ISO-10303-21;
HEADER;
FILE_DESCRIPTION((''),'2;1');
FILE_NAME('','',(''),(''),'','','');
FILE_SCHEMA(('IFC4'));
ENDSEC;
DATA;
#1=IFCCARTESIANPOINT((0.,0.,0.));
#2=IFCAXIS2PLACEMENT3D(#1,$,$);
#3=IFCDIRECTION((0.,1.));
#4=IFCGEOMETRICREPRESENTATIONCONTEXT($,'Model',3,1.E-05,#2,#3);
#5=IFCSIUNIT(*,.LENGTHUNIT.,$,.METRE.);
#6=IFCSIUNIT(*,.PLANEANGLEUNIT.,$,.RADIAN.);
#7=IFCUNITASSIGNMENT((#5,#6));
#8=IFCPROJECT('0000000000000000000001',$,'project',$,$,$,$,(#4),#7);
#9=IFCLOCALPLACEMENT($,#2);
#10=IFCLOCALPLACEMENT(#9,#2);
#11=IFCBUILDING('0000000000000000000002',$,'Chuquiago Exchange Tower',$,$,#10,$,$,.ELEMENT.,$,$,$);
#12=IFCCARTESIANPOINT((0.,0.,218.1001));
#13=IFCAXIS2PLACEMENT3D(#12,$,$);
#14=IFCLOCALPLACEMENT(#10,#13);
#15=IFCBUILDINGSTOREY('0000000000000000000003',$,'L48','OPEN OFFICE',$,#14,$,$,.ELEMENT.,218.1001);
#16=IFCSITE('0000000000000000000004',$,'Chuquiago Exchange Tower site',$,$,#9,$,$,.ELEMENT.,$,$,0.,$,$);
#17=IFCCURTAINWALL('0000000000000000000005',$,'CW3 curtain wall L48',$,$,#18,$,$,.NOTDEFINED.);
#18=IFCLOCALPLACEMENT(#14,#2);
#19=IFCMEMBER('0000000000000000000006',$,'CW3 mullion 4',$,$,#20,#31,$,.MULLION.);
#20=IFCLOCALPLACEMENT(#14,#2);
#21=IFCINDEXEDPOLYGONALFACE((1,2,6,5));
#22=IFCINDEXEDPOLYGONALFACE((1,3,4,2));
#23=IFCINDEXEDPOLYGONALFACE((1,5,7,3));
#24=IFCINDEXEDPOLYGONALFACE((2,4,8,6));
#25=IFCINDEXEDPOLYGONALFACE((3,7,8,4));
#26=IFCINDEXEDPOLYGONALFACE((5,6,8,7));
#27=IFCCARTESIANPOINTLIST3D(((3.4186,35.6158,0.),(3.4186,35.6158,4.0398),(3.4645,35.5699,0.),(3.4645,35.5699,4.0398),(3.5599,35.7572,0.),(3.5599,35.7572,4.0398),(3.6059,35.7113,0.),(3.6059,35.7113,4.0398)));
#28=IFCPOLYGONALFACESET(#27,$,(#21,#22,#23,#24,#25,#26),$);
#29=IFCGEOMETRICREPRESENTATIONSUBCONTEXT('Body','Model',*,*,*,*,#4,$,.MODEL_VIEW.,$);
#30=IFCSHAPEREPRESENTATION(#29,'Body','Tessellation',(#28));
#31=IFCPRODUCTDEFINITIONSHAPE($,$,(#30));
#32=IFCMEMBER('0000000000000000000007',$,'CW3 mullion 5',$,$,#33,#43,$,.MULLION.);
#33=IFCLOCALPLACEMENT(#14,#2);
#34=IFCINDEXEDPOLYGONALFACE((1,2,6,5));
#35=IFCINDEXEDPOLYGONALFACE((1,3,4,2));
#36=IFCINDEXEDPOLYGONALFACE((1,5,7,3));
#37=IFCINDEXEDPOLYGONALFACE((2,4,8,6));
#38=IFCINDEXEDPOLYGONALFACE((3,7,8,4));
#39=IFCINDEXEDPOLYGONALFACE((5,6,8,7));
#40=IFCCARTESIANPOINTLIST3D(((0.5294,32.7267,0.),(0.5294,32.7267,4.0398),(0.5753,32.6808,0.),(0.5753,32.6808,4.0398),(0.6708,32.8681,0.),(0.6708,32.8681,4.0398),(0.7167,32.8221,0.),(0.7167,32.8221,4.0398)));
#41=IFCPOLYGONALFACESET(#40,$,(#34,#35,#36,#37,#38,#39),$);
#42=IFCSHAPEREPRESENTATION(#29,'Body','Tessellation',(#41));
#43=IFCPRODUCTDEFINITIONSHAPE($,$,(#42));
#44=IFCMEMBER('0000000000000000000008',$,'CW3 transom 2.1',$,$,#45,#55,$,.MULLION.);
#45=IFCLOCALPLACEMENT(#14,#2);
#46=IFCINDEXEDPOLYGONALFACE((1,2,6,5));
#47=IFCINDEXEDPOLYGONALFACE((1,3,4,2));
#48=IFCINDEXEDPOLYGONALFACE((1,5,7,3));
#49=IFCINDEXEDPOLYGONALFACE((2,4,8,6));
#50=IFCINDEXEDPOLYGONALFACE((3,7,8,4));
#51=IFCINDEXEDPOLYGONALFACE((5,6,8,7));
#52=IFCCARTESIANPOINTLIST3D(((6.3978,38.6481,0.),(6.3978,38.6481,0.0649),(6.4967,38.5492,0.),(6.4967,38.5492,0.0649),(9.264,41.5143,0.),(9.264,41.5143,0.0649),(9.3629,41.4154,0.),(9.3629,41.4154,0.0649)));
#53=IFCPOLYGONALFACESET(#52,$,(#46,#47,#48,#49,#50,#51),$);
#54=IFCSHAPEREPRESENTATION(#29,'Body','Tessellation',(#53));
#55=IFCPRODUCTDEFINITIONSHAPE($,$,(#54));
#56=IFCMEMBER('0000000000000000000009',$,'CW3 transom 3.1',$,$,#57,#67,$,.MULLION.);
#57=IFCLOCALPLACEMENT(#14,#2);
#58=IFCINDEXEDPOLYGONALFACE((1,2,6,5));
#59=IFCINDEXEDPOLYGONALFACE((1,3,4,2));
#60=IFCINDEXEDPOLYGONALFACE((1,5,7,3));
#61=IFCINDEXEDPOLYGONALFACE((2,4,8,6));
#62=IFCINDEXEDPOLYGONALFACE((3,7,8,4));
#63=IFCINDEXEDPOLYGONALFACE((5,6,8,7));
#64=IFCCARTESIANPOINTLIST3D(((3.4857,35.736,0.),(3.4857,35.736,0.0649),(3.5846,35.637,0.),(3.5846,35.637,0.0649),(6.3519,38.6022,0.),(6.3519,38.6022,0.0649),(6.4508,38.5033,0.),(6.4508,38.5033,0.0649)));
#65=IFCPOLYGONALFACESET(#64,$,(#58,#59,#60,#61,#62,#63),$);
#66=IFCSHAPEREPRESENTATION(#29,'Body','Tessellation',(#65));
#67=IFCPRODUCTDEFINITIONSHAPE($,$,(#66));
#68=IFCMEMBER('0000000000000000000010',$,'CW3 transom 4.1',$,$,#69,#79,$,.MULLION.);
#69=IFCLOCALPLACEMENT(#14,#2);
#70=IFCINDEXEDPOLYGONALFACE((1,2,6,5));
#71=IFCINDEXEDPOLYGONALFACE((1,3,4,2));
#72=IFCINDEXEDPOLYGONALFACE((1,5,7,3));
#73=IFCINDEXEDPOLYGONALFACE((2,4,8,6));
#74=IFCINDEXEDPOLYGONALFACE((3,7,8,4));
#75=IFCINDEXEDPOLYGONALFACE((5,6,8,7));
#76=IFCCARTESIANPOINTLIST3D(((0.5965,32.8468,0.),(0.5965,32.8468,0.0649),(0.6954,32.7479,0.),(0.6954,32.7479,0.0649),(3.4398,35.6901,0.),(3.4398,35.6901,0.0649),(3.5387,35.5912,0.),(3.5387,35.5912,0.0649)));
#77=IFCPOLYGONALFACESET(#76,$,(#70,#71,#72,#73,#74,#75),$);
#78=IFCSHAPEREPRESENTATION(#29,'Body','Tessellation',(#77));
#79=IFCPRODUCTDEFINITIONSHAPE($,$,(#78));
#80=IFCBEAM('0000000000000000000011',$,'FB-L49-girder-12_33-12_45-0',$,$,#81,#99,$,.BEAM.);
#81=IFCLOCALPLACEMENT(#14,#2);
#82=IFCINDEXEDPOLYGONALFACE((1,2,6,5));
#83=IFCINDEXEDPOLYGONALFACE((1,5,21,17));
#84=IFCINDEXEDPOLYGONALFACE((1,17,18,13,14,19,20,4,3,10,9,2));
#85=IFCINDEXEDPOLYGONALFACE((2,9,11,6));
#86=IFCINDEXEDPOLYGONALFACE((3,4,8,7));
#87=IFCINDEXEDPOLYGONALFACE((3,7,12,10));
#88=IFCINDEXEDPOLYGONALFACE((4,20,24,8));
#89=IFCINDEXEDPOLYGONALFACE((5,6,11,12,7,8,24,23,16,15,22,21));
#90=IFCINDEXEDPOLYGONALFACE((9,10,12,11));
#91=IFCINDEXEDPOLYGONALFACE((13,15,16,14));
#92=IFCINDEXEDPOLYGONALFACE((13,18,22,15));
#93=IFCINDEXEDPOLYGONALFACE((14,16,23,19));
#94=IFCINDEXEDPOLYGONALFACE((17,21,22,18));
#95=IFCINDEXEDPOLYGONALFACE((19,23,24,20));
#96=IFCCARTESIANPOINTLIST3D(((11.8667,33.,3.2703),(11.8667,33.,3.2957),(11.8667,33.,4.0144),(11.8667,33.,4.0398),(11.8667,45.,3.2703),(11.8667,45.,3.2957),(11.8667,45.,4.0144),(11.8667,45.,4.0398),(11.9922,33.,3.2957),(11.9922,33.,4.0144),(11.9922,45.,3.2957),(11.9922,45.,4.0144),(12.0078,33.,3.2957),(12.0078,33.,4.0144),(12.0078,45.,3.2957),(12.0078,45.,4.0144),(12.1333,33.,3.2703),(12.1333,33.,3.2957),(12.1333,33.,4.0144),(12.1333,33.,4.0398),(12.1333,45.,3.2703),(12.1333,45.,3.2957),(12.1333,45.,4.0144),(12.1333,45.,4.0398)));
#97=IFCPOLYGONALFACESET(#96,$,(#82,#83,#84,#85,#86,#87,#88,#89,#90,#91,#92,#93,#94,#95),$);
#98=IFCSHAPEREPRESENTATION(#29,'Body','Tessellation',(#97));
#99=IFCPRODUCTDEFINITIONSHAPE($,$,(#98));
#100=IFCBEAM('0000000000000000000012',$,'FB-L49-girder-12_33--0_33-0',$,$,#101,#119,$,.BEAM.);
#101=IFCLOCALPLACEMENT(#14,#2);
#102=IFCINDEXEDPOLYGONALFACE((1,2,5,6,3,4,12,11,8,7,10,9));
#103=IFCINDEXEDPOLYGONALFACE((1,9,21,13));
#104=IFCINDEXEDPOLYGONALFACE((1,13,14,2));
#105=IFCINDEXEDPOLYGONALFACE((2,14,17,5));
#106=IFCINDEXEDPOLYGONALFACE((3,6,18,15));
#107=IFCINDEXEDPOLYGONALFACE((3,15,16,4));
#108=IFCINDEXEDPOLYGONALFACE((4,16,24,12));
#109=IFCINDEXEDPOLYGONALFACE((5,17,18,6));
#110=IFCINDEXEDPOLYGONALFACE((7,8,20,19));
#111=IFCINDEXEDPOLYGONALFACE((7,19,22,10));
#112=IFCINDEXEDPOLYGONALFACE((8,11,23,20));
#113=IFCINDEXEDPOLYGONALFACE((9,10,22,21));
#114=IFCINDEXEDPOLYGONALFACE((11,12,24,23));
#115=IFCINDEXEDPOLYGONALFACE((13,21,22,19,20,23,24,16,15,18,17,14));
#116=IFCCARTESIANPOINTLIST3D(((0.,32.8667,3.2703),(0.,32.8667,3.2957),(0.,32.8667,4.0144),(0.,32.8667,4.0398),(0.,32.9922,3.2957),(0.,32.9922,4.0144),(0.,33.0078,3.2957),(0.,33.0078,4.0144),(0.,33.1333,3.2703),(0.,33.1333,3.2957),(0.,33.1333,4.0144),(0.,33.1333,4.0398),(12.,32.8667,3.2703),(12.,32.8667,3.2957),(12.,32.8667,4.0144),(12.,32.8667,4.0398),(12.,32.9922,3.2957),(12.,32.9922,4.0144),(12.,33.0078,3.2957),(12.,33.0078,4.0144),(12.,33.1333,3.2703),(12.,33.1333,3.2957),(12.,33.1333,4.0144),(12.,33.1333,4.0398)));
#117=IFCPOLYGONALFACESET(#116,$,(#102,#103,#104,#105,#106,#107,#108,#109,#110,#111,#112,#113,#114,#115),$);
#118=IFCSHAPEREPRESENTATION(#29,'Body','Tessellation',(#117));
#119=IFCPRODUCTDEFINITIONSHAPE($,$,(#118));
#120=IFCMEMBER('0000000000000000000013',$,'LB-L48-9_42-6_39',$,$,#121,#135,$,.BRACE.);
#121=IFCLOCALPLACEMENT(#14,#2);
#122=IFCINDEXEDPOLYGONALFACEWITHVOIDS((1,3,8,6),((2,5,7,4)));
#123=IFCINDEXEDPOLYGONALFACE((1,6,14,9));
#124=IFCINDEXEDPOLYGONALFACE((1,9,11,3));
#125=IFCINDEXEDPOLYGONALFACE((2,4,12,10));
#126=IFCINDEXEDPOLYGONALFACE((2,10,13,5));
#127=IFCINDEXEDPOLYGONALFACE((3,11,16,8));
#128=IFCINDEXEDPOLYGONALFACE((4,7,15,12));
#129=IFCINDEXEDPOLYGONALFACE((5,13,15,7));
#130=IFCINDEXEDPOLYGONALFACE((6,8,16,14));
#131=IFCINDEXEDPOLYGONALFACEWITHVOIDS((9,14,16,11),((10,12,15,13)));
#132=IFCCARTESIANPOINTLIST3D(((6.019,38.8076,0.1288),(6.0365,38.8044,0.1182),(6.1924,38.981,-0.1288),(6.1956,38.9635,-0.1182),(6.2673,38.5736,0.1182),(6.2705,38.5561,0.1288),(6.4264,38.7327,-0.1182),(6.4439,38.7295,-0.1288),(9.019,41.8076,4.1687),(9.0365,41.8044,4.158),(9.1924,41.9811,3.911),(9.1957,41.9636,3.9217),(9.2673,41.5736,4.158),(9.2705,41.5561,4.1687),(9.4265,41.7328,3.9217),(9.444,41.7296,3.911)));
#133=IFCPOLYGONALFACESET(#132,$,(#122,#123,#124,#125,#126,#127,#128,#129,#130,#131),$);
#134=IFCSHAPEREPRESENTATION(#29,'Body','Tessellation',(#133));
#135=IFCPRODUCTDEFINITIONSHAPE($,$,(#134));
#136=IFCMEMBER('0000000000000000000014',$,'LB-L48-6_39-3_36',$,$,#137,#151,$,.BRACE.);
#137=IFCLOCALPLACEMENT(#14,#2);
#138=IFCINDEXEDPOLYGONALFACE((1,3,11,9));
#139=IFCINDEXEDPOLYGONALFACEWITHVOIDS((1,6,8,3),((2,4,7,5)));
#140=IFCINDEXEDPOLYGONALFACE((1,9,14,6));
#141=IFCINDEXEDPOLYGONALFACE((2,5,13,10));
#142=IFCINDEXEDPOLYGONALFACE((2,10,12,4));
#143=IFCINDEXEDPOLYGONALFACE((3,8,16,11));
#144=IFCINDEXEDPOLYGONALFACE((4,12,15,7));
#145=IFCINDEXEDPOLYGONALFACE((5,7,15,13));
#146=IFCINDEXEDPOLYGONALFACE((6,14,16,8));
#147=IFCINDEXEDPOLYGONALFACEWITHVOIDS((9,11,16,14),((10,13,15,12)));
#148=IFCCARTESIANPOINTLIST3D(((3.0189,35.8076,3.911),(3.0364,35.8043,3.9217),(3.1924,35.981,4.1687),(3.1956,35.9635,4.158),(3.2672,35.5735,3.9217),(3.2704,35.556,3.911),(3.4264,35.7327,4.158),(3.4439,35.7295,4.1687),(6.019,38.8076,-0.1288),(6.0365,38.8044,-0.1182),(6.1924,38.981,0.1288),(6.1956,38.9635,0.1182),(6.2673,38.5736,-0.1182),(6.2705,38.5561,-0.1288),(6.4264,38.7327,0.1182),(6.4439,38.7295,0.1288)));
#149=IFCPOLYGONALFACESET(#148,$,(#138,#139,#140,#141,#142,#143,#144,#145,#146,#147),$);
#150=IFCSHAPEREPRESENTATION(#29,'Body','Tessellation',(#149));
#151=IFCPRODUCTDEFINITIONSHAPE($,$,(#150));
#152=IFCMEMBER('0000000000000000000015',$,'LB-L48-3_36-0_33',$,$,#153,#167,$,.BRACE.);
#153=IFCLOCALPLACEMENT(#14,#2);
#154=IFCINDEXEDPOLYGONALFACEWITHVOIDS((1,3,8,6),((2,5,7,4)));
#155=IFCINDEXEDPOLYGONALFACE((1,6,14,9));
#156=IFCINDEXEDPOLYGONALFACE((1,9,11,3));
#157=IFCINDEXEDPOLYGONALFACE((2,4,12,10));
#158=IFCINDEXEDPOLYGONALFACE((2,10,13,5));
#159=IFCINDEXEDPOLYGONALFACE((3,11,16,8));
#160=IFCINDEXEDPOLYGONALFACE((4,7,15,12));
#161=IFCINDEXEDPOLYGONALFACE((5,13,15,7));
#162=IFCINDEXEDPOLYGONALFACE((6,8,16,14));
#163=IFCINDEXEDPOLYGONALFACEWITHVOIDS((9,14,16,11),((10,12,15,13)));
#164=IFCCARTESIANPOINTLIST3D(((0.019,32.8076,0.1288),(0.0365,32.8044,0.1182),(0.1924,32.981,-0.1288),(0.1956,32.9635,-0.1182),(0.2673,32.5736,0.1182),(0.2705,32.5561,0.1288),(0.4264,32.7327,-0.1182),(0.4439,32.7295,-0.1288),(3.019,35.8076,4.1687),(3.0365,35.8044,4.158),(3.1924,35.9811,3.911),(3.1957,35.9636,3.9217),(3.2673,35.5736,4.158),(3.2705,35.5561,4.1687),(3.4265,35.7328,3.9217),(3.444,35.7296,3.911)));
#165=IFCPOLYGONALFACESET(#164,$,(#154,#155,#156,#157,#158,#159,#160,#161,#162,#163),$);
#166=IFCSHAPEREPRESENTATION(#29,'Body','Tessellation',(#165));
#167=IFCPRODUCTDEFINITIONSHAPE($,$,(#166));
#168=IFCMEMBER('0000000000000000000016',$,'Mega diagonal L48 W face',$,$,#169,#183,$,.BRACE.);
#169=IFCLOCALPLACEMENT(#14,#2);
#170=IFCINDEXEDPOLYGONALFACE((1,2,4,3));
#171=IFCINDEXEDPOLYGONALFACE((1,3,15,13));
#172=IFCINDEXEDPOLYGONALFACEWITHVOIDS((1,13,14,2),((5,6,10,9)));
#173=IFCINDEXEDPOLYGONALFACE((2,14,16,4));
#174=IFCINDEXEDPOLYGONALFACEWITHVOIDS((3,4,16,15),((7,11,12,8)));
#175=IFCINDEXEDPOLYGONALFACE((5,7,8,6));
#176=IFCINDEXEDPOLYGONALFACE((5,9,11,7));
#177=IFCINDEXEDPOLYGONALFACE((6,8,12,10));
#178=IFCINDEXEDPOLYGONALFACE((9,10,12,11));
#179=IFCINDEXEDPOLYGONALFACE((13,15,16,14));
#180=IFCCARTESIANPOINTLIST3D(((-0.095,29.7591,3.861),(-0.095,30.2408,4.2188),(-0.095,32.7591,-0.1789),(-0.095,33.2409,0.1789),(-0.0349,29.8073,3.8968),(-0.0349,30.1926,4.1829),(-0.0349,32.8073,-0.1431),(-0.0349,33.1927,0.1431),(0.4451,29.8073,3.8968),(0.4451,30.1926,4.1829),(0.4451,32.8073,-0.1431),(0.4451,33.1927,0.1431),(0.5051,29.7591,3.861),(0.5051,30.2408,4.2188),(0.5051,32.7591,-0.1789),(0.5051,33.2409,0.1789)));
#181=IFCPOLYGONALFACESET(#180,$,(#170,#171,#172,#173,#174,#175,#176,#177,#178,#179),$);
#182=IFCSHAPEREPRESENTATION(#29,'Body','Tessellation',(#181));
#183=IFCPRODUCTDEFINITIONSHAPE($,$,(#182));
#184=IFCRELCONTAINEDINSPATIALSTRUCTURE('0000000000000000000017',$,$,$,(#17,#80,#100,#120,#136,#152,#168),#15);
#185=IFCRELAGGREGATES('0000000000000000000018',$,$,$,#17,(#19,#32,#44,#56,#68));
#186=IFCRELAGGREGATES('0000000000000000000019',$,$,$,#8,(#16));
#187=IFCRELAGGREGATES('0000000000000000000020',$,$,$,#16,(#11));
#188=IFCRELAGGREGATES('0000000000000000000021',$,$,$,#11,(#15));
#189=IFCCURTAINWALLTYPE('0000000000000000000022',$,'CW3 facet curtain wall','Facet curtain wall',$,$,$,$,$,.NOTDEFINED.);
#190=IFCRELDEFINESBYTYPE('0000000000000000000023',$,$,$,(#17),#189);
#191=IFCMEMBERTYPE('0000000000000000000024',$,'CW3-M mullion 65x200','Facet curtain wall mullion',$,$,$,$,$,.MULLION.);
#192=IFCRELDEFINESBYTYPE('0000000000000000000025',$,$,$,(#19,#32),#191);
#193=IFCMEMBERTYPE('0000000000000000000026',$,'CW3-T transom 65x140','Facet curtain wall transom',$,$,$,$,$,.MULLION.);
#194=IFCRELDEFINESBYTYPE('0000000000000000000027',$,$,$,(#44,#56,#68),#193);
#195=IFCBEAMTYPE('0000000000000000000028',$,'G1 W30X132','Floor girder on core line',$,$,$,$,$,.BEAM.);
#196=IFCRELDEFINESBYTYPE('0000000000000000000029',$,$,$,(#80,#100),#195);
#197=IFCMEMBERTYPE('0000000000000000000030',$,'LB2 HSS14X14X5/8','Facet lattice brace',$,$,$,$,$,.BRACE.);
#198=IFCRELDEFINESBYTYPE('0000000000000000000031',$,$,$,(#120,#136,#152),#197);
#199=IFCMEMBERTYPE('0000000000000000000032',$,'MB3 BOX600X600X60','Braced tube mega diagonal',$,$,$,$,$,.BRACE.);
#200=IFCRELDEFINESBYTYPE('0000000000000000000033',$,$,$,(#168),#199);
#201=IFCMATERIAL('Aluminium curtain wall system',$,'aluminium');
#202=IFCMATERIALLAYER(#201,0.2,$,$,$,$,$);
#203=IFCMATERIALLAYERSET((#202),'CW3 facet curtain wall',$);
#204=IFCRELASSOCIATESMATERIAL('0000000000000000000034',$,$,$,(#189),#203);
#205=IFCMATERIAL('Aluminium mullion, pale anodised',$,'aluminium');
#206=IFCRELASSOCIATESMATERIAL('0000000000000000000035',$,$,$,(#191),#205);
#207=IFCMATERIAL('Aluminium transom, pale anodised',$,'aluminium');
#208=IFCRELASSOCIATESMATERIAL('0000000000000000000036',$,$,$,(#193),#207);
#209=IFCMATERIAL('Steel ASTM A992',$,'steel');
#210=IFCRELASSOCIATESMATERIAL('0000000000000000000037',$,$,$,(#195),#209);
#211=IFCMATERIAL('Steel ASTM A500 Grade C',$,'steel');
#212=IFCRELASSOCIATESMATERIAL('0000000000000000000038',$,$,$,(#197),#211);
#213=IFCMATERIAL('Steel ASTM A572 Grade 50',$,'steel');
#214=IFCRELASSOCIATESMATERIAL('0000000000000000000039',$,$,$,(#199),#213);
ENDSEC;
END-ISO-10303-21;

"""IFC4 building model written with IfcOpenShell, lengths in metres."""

from ifc_helpers import new_model, si_unit, direction, frame, origin, origin_2d, place, context, subcontext, project, spatial, rectangle, hollow_rectangle, i_section, extrude, material, layer, layer_set, material_profile, profile_set, type_object, element, aggregate, save


model = new_model("IFC4")

# Units and contexts
model_context = context("Model", 3, precision=1e-05, world=origin(), true_north=direction((0.0, 1.0)))
body_context = subcontext(model_context, "Body", "Model", "MODEL_VIEW")
ifc_project = project(units=[si_unit("LENGTHUNIT", "METRE"), si_unit("PLANEANGLEUNIT", "RADIAN")], contexts=[model_context])

# Site, building, storey
site_placement = place(None, origin())
site = spatial("IfcSite", under=ifc_project, at=site_placement, Name="Chuquiago Exchange Tower site", CompositionType="ELEMENT", RefElevation=0.0)
building_placement = place(site_placement, origin())
building = spatial("IfcBuilding", under=site, at=building_placement, Name="Chuquiago Exchange Tower", CompositionType="ELEMENT")
storey_placement = place(building_placement, frame((0.0, 0.0, 218.1001)))
storey = spatial("IfcBuildingStorey", under=building, at=storey_placement, Name="L48", Description="OPEN OFFICE", CompositionType="ELEMENT", Elevation=218.1001)

# Curtain wall, members
ifc_material_1 = material(Name="Aluminium curtain wall system", Category="aluminium")
ifc_layer_1 = layer(ifc_material_1, 0.2)
ifc_layer_set_1 = layer_set([ifc_layer_1], Name="CW3 facet curtain wall")
curtain_wall_type_1 = type_object("IfcCurtainWallType", Name="CW3 facet curtain wall", Description="Facet curtain wall", PredefinedType="NOTDEFINED", material=ifc_layer_set_1)
curtain_wall_1_placement = place(storey_placement, origin())
curtain_wall_1 = element("IfcCurtainWall", 1, at=curtain_wall_1_placement, inside=storey, type_object=curtain_wall_type_1, Name="CW3 curtain wall L48", PredefinedType="NOTDEFINED")
ifc_material_2 = material(Name="Aluminium mullion, pale anodised", Category="aluminium")
ifc_material_profile_1 = material_profile(ifc_material_2, rectangle(XDim=0.0649, YDim=0.2, at=origin_2d()), Name="AL 65x200")
ifc_profile_set_1 = profile_set([ifc_material_profile_1], Name="Aluminium mullion, pale anodised")
member_type_1 = type_object("IfcMemberType", Name="CW3-M mullion 65x200", Description="Facet curtain wall mullion", PredefinedType="MULLION", material=ifc_profile_set_1)
member_1_placement = place(storey_placement, frame((3.5122, 35.6636, 0.0), z_axis=(0.0, 0.0, 1.0), x_axis=(0.707107, -0.707107, 0.0)))
member_1 = element("IfcMember", 2, at=member_1_placement, type_object=member_type_1, Name="CW3 mullion 4", PredefinedType="MULLION", context=body_context, shape_type="SweptSolid", body=[
    extrude(rectangle(XDim=0.0649, YDim=0.2, at=origin_2d()), origin(), (0.0, 0.0, 1.0), 4.0398),
])
member_2_placement = place(storey_placement, frame((0.623, 32.7744, 0.0), z_axis=(0.0, 0.0, 1.0), x_axis=(0.707107, -0.707107, 0.0)))
member_2 = element("IfcMember", 3, at=member_2_placement, type_object=member_type_1, Name="CW3 mullion 5", PredefinedType="MULLION", context=body_context, shape_type="SweptSolid", body=[
    extrude(rectangle(XDim=0.0649, YDim=0.2, at=origin_2d()), origin(), (0.0, 0.0, 1.0), 4.0398),
])
ifc_material_3 = material(Name="Aluminium transom, pale anodised", Category="aluminium")
ifc_material_profile_2 = material_profile(ifc_material_3, rectangle(XDim=0.1399, YDim=0.0649, at=origin_2d()), Name="AL 140x65")
ifc_profile_set_2 = profile_set([ifc_material_profile_2], Name="Aluminium transom, pale anodised")
member_type_2 = type_object("IfcMemberType", Name="CW3-T transom 65x140", Description="Facet curtain wall transom", PredefinedType="MULLION", material=ifc_profile_set_2)
member_3_placement = place(storey_placement, frame((9.3135, 41.4648, 0.0325), z_axis=(-0.707107, -0.707107, 0.0), x_axis=(0.707107, -0.707107, 0.0)))
member_3 = element("IfcMember", 4, at=member_3_placement, type_object=member_type_2, Name="CW3 transom 2.1", PredefinedType="MULLION", context=body_context, shape_type="SweptSolid", body=[
    extrude(rectangle(XDim=0.1399, YDim=0.0649, at=origin_2d()), origin(), (0.0, 0.0, 1.0), 4.0535),
])
member_4_placement = place(storey_placement, frame((6.4014, 38.5527, 0.0325), z_axis=(-0.707107, -0.707107, 0.0), x_axis=(0.707107, -0.707107, 0.0)))
member_4 = element("IfcMember", 5, at=member_4_placement, type_object=member_type_2, Name="CW3 transom 3.1", PredefinedType="MULLION", context=body_context, shape_type="SweptSolid", body=[
    extrude(rectangle(XDim=0.1399, YDim=0.0649, at=origin_2d()), origin(), (0.0, 0.0, 1.0), 4.0535),
])
member_5_placement = place(storey_placement, frame((3.4893, 35.6406, 0.0325), z_axis=(-0.707107, -0.707107, 0.0), x_axis=(0.707107, -0.707107, 0.0)))
member_5 = element("IfcMember", 6, at=member_5_placement, type_object=member_type_2, Name="CW3 transom 4.1", PredefinedType="MULLION", context=body_context, shape_type="SweptSolid", body=[
    extrude(rectangle(XDim=0.1399, YDim=0.0649, at=origin_2d()), origin(), (0.0, 0.0, 1.0), 4.021),
])

# Beams
ifc_material_4 = material(Name="Steel ASTM A992", Category="steel")
ifc_material_profile_3 = material_profile(ifc_material_4, i_section(OverallWidth=0.2666, OverallDepth=0.7695, WebThickness=0.0156, FlangeThickness=0.0254, at=origin_2d()), Name="W30X132")
ifc_profile_set_3 = profile_set([ifc_material_profile_3], Name="Steel ASTM A992")
beam_type_1 = type_object("IfcBeamType", Name="G1 W30X132", Description="Floor girder on core line", PredefinedType="BEAM", material=ifc_profile_set_3)
for number, where, z_axis, x_axis, name in (
    (7, (12.0, 33.0, 3.655), (0.0, 1.0, 0.0), (-1.0, 0.0, 0.0), "FB-L49-girder-12_33-12_45-0"),
    (8, (12.0, 33.0, 3.655), (-1.0, 0.0, 0.0), (0.0, -1.0, 0.0), "FB-L49-girder-12_33--0_33-0"),
):
    element("IfcBeam", number, at=place(storey_placement, frame(where, z_axis=z_axis, x_axis=x_axis)), inside=storey, type_object=beam_type_1, Name=name, PredefinedType="BEAM", context=body_context, shape_type="SweptSolid", body=[
        extrude(i_section(OverallWidth=0.2666, OverallDepth=0.7695, WebThickness=0.0156, FlangeThickness=0.0254, at=origin_2d()), origin(), (0.0, 0.0, 1.0), 12.0),
    ])

# Members
ifc_material_5 = material(Name="Steel ASTM A500 Grade C", Category="steel")
ifc_material_profile_4 = material_profile(ifc_material_5, hollow_rectangle(XDim=0.3557, YDim=0.3557, WallThickness=0.0146, at=origin_2d()), Name="HSS14X14X5/8")
ifc_profile_set_4 = profile_set([ifc_material_profile_4], Name="Steel ASTM A500 Grade C")
member_type_3 = type_object("IfcMemberType", Name="LB2 HSS14X14X5/8", Description="Facet lattice brace", PredefinedType="BRACE", material=ifc_profile_set_4)
for number, where, z_axis, x_axis, name in (
    (9, (6.2314, 38.7686, 0.0), (0.512092, 0.512092, 0.689582), (-0.707107, 0.707107, 0.0), "LB-L48-9_42-6_39"),
    (10, (6.2314, 38.7686, 0.0), (-0.512092, -0.512092, 0.689582), (0.707107, -0.707107, 0.0), "LB-L48-6_39-3_36"),
    (11, (0.2314, 32.7686, 0.0), (0.512092, 0.512092, 0.689582), (-0.707107, 0.707107, 0.0), "LB-L48-3_36-0_33"),
):
    element("IfcMember", number, at=place(storey_placement, frame(where, z_axis=z_axis, x_axis=x_axis)), inside=storey, type_object=member_type_3, Name=name, PredefinedType="BRACE", context=body_context, shape_type="SweptSolid", body=[
        extrude(hollow_rectangle(XDim=0.3557, YDim=0.3557, WallThickness=0.0146, at=origin_2d()), origin(), (0.0, 0.0, 1.0), 5.8584),
    ])
ifc_material_6 = material(Name="Steel ASTM A572 Grade 50", Category="steel")
ifc_material_profile_5 = material_profile(ifc_material_6, hollow_rectangle(XDim=0.6001, YDim=0.6001, WallThickness=0.0601, at=origin_2d()), Name="BOX600X600X60")
ifc_profile_set_5 = profile_set([ifc_material_profile_5], Name="Steel ASTM A572 Grade 50")
member_type_4 = type_object("IfcMemberType", Name="MB3 BOX600X600X60", Description="Braced tube mega diagonal", PredefinedType="BRACE", material=ifc_profile_set_5)
member_6_placement = place(storey_placement, frame((0.2051, 33.0, 0.0), z_axis=(0.0, -0.596197, 0.802838), x_axis=(1.0, 0.0, 0.0)))
element("IfcMember", 12, at=member_6_placement, inside=storey, type_object=member_type_4, Name="Mega diagonal L48 W face", PredefinedType="BRACE", context=body_context, shape_type="SweptSolid", body=[
    extrude(hollow_rectangle(XDim=0.6001, YDim=0.6001, WallThickness=0.0601, at=origin_2d()), origin(), (0.0, 0.0, 1.0), 5.032),
])

aggregate(curtain_wall_1, [member_1, member_2, member_3, member_4, member_5])

save(model, "model.ifc")
